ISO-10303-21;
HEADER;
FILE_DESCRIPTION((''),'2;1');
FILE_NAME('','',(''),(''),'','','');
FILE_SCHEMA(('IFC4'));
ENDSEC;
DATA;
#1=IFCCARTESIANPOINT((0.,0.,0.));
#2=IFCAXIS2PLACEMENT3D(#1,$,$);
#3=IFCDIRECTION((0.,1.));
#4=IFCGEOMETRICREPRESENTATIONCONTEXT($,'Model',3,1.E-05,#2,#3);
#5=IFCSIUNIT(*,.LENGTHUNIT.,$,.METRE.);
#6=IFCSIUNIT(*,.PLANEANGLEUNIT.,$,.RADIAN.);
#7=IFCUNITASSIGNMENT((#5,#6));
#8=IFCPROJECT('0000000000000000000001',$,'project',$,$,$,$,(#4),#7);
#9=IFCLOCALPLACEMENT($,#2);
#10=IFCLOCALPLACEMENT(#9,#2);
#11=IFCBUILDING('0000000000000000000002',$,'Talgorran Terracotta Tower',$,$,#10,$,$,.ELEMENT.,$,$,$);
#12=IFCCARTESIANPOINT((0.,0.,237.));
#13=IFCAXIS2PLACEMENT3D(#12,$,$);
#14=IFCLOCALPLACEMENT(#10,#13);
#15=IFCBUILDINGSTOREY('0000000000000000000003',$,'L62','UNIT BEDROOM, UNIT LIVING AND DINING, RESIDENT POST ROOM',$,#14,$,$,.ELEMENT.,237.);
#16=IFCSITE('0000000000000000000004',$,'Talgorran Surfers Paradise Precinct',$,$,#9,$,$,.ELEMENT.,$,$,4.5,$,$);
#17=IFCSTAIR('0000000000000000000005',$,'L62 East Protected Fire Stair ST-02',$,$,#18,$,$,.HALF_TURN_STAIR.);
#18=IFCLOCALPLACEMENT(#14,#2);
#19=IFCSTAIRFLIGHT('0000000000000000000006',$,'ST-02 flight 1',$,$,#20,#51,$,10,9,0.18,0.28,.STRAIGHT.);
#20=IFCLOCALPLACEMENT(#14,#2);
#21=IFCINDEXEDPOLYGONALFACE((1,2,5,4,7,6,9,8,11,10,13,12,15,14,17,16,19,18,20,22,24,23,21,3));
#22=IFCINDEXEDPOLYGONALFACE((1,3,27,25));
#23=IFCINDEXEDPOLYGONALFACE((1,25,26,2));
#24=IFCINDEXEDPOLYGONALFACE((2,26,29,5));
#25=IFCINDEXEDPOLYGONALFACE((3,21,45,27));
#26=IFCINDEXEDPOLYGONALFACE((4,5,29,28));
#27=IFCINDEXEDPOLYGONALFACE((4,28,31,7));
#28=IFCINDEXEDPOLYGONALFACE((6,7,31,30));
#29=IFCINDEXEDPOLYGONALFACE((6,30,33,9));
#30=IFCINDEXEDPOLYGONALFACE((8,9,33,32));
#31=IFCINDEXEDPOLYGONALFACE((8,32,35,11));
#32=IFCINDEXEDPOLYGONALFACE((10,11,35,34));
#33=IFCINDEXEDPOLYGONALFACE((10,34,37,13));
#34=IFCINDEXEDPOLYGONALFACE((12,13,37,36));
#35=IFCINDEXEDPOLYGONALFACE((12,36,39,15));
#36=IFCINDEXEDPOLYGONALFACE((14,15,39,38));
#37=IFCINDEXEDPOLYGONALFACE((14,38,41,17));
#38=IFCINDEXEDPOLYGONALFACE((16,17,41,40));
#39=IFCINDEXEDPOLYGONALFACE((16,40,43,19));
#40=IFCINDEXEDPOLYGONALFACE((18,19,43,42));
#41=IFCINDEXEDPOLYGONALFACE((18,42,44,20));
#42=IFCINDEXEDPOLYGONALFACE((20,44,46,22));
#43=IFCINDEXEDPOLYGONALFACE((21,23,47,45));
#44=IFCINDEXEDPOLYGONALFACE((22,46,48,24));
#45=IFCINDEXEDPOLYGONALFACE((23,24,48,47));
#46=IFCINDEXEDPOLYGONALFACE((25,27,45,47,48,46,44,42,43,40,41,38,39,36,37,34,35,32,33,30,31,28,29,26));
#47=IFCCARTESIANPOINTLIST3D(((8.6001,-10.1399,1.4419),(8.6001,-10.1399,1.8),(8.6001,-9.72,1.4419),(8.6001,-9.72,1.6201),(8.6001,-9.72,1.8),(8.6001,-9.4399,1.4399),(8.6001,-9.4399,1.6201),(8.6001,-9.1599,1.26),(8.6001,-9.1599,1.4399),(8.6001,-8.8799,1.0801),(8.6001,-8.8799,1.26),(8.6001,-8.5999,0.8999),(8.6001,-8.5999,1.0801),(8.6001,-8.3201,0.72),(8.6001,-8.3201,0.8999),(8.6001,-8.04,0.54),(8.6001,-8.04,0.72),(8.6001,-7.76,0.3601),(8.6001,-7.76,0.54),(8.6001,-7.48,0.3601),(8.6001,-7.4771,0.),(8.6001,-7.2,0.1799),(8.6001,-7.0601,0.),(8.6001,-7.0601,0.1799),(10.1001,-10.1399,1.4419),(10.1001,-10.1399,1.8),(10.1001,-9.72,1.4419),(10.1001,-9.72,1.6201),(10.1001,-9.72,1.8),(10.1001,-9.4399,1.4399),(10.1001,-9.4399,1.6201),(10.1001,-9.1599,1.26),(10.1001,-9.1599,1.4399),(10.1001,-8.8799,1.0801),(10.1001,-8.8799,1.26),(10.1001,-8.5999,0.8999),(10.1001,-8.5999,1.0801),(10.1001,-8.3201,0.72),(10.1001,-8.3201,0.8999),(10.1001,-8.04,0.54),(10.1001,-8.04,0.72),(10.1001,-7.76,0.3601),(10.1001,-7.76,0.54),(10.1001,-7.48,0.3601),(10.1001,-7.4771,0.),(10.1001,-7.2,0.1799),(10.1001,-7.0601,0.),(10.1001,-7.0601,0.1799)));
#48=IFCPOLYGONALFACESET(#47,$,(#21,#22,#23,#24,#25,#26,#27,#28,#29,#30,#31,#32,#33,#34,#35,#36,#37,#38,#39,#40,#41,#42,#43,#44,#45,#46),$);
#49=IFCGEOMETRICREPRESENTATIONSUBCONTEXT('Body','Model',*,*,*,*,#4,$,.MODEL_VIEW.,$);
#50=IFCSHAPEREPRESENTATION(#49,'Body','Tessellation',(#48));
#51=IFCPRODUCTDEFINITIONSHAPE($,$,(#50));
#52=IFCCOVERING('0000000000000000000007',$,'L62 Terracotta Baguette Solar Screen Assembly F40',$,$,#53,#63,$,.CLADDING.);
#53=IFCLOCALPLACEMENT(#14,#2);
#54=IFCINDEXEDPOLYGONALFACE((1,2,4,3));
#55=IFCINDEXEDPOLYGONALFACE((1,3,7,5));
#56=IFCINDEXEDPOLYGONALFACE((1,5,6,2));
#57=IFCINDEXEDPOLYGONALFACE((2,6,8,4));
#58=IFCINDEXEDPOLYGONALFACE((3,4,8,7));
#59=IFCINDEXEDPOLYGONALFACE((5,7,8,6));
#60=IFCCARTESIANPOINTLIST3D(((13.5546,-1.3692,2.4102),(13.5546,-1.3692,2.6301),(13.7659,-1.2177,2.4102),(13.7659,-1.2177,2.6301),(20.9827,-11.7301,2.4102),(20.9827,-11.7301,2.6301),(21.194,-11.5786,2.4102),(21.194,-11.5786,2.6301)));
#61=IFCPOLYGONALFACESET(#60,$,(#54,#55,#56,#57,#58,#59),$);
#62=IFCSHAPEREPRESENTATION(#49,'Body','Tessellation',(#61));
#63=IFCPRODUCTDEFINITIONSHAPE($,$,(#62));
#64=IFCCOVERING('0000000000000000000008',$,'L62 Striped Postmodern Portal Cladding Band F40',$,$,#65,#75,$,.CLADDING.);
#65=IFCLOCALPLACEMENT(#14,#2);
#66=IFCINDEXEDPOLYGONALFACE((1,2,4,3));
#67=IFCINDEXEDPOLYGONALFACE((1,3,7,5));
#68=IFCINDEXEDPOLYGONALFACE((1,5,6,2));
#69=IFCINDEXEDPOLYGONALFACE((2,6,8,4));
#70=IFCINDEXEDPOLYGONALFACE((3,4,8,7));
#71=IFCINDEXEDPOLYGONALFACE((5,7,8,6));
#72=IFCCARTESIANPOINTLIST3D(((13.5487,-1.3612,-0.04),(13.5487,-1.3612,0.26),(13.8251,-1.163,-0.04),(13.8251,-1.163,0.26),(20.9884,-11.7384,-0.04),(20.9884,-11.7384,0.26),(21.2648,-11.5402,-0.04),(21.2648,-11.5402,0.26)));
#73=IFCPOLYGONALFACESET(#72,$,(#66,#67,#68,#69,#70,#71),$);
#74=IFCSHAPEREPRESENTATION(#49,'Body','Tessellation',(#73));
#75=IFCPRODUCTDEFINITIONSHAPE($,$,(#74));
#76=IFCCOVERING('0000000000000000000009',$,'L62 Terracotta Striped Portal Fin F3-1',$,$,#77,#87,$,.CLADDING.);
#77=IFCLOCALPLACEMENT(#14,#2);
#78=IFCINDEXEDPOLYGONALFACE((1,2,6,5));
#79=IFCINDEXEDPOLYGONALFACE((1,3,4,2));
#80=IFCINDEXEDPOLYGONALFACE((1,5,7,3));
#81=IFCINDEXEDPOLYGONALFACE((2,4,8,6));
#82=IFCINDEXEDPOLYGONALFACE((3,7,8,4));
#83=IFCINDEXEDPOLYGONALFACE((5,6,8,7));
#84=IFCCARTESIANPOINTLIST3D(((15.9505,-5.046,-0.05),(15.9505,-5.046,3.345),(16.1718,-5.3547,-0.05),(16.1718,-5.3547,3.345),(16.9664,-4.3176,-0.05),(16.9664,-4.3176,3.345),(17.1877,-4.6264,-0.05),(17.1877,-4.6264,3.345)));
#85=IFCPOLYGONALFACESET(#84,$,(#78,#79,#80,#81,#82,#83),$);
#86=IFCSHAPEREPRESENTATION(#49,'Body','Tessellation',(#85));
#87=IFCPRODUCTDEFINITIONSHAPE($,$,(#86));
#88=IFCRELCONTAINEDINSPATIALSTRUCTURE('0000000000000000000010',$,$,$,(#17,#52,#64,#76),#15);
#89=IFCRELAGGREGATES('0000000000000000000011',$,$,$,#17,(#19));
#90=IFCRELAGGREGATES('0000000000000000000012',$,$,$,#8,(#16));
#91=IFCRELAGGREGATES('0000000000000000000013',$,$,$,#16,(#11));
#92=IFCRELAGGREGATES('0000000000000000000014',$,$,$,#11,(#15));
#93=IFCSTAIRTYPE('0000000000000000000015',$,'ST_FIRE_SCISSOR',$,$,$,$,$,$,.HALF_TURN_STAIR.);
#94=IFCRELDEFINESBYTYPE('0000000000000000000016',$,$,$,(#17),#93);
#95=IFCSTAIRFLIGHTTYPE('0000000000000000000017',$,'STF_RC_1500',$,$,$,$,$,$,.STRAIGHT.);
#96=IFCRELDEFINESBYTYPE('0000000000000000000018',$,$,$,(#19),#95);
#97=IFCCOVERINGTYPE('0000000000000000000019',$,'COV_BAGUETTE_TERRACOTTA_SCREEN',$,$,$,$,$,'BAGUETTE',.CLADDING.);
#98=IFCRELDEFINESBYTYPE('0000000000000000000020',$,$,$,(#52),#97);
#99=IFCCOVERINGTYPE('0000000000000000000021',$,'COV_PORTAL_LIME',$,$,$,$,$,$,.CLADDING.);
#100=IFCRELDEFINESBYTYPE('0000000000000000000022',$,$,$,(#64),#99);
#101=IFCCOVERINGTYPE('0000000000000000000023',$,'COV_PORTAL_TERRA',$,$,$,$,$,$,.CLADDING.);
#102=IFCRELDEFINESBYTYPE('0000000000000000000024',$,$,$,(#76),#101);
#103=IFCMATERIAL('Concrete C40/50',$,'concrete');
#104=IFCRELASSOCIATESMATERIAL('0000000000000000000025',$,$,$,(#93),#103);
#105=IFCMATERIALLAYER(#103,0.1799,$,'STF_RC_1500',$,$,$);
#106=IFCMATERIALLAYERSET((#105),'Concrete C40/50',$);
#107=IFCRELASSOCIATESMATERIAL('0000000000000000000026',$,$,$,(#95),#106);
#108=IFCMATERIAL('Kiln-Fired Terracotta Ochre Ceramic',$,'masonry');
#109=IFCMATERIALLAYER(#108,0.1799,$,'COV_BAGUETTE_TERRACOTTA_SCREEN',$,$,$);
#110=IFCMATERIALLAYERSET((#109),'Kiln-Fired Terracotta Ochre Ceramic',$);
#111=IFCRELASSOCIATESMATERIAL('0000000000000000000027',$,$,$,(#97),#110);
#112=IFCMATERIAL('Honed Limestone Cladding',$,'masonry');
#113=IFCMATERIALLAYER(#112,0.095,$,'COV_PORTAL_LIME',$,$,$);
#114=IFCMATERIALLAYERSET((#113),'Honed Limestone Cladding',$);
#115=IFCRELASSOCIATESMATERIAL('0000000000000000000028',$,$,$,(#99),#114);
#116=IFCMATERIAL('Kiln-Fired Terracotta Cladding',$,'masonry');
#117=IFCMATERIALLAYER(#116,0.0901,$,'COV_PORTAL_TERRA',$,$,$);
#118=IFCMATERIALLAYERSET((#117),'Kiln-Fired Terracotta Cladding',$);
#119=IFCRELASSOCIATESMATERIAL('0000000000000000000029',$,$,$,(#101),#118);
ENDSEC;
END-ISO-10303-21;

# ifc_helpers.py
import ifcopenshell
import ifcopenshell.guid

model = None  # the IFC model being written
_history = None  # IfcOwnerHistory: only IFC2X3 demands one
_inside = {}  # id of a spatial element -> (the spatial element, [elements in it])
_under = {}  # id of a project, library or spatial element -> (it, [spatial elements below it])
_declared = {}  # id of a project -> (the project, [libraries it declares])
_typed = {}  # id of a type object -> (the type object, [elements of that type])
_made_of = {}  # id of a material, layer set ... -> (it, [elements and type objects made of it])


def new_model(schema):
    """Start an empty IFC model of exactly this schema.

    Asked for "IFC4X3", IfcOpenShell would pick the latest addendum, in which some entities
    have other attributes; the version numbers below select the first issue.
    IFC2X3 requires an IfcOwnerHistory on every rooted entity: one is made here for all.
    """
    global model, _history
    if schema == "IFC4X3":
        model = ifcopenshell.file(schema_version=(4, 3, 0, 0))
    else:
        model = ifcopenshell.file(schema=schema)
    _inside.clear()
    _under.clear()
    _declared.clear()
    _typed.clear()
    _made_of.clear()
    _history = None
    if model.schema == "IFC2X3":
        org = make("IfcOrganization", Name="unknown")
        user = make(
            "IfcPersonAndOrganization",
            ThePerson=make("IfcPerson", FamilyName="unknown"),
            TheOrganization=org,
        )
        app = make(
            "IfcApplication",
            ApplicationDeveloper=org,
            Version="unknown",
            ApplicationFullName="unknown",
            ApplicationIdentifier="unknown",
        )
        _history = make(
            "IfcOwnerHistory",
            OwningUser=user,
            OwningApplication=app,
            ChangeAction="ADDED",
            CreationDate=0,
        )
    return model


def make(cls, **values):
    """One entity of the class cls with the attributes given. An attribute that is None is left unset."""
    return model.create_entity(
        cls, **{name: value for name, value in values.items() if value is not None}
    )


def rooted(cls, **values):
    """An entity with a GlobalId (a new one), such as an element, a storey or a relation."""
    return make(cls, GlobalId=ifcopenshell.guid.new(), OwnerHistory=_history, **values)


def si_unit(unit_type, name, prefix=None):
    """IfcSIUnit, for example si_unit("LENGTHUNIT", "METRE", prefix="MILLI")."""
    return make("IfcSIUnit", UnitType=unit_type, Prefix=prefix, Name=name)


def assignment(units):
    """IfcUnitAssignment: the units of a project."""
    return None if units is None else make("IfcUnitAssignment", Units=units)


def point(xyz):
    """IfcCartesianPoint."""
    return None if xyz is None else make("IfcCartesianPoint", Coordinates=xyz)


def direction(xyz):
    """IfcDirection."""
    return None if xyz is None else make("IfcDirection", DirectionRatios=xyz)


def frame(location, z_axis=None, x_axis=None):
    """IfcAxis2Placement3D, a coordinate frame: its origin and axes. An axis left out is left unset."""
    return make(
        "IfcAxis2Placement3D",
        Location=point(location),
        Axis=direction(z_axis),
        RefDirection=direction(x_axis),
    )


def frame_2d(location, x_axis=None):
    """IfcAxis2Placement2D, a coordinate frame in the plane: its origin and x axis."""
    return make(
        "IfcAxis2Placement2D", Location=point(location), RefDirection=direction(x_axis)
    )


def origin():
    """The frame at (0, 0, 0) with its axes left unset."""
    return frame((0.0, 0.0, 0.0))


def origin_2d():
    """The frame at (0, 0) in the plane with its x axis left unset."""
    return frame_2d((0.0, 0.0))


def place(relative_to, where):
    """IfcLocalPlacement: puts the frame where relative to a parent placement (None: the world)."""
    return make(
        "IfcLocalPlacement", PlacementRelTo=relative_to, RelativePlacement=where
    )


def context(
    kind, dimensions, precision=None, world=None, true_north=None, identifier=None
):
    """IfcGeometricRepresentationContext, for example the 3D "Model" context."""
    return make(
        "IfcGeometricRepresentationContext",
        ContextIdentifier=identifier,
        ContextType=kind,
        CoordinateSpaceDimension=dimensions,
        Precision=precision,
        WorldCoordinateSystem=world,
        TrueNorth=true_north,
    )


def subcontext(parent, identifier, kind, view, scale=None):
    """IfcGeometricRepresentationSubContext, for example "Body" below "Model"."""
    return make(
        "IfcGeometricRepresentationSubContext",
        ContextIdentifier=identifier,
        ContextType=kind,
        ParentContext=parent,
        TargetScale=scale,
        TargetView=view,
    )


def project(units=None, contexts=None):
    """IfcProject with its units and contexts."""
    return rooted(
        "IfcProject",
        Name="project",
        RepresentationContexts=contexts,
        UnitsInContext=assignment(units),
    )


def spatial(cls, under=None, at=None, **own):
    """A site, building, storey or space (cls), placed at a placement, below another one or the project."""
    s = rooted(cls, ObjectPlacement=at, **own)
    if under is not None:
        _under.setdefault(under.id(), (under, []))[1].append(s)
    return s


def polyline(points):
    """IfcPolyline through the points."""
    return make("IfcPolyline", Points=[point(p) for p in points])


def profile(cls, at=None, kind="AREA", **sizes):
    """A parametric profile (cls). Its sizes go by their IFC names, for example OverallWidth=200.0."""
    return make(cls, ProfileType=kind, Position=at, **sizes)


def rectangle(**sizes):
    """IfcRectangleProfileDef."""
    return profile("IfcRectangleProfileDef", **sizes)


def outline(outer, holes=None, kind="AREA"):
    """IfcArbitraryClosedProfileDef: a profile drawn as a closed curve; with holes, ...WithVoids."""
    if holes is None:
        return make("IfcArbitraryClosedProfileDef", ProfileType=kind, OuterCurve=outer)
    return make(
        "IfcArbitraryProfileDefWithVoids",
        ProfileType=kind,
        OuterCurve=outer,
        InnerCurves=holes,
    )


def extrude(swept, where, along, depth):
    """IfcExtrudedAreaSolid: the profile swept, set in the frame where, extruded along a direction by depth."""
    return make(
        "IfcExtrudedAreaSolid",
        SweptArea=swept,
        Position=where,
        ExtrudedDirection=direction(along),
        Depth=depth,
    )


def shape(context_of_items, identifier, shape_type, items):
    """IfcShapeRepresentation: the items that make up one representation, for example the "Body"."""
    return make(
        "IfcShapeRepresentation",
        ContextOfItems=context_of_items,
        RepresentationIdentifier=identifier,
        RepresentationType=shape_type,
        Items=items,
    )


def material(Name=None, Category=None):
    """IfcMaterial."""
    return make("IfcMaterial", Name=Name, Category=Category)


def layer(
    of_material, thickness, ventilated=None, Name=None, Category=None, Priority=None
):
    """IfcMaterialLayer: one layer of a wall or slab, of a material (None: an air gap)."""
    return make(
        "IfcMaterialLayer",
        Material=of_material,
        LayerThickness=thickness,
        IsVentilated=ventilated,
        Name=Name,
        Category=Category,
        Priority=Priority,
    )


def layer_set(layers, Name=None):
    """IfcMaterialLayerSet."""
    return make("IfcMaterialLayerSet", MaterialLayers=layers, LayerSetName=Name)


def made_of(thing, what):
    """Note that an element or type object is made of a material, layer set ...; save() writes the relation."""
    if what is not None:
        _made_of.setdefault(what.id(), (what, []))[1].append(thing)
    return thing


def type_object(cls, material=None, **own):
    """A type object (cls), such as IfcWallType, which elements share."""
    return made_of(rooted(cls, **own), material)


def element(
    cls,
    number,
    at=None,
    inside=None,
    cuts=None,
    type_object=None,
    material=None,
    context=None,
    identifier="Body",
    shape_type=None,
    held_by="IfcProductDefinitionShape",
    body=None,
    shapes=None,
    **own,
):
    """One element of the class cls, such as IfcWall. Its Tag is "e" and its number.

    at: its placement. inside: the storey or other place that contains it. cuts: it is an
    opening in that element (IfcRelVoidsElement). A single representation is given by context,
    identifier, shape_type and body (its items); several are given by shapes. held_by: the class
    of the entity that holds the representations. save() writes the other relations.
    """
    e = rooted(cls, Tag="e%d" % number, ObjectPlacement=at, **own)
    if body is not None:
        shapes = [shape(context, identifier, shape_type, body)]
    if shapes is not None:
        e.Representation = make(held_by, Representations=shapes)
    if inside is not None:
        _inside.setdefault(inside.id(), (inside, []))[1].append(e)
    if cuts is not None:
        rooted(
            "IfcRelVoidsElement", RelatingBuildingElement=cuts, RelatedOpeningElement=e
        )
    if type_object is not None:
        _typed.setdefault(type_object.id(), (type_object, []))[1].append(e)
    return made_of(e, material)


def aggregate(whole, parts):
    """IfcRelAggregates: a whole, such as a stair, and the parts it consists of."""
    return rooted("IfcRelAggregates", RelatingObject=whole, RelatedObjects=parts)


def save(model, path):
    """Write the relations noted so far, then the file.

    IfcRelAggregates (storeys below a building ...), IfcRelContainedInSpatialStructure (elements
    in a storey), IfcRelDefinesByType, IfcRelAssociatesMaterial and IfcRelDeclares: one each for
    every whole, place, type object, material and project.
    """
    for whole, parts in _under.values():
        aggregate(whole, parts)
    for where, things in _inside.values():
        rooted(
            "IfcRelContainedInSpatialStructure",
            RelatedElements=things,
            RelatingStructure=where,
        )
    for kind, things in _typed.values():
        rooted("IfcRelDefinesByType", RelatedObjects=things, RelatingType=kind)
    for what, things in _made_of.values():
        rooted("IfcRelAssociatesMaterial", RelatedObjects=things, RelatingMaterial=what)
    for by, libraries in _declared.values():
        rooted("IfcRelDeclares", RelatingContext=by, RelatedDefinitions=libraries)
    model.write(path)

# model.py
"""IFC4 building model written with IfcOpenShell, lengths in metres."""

from ifc_helpers import new_model, si_unit, direction, frame, origin, origin_2d, place, context, subcontext, project, spatial, polyline, rectangle, outline, extrude, material, layer, layer_set, type_object, element, aggregate, save


model = new_model("IFC4")

# Units and contexts
model_context = context("Model", 3, precision=1e-05, world=origin(), true_north=direction((0.0, 1.0)))
body_context = subcontext(model_context, "Body", "Model", "MODEL_VIEW")
ifc_project = project(units=[si_unit("LENGTHUNIT", "METRE"), si_unit("PLANEANGLEUNIT", "RADIAN")], contexts=[model_context])

# Site, building, storey
site_placement = place(None, origin())
site = spatial("IfcSite", under=ifc_project, at=site_placement, Name="Talgorran Surfers Paradise Precinct", CompositionType="ELEMENT", RefElevation=4.5)
building_placement = place(site_placement, origin())
building = spatial("IfcBuilding", under=site, at=building_placement, Name="Talgorran Terracotta Tower", CompositionType="ELEMENT")
storey_placement = place(building_placement, frame((0.0, 0.0, 237.0)))
storey = spatial("IfcBuildingStorey", under=building, at=storey_placement, Name="L62", Description="UNIT BEDROOM, UNIT LIVING AND DINING, RESIDENT POST ROOM", CompositionType="ELEMENT", Elevation=237.0)

# Shared definitions
ifc_material_1 = material(Name="Concrete C40/50", Category="concrete")

# Stair, stair flight
stair_type = type_object("IfcStairType", Name="ST_FIRE_SCISSOR", PredefinedType="HALF_TURN_STAIR", material=ifc_material_1)
stair_placement = place(storey_placement, origin())
stair = element("IfcStair", 1, at=stair_placement, inside=storey, type_object=stair_type, Name="L62 East Protected Fire Stair ST-02", PredefinedType="HALF_TURN_STAIR")
ifc_layer_1 = layer(ifc_material_1, 0.1799, Name="STF_RC_1500")
ifc_layer_set_1 = layer_set([ifc_layer_1], Name="Concrete C40/50")
stair_flight_type = type_object("IfcStairFlightType", Name="STF_RC_1500", PredefinedType="STRAIGHT", material=ifc_layer_set_1)
stair_flight_placement = place(storey_placement, frame((9.3501, -7.2, 0.0), z_axis=(0.0, 0.0, 1.0), x_axis=(0.0, -1.0, 0.0)))
stair_flight = element("IfcStairFlight", 2, at=stair_flight_placement, type_object=stair_flight_type, Name="ST-02 flight 1", NumberOfRisers=10, NumberOfTreads=9, PredefinedType="STRAIGHT", RiserHeight=0.18, TreadLength=0.28, context=body_context, shape_type="SweptSolid", body=[
    extrude(outline(polyline([(-0.1399, 0.0), (-0.1399, 0.1799), (0.0, 0.1799), (0.28, 0.3601), (0.5601, 0.3601), (0.5601, 0.54), (0.8401, 0.54), (0.8401, 0.72), (1.1201, 0.72), (1.1201, 0.8999), (1.3999, 0.8999), (1.3999, 1.0801), (1.6799, 1.0801), (1.6799, 1.26), (1.96, 1.26), (1.96, 1.4399), (2.24, 1.4399), (2.24, 1.6201), (2.52, 1.6201), (2.52, 1.8), (2.9399, 1.8), (2.9399, 1.4419), (2.52, 1.4419), (0.2771, 0.0), (-0.1399, 0.0)])), frame((0.0, 0.75, 0.0), z_axis=(0.0, -1.0, 0.0), x_axis=(1.0, 0.0, 0.0)), (0.0, 0.0, 1.0), 1.5),
])
aggregate(stair, [stair_flight])

# Coverings
ifc_material_2 = material(Name="Kiln-Fired Terracotta Ochre Ceramic", Category="masonry")
ifc_layer_2 = layer(ifc_material_2, 0.1799, Name="COV_BAGUETTE_TERRACOTTA_SCREEN")
ifc_layer_set_2 = layer_set([ifc_layer_2], Name="Kiln-Fired Terracotta Ochre Ceramic")
covering_type_1 = type_object("IfcCoveringType", Name="COV_BAGUETTE_TERRACOTTA_SCREEN", ElementType="BAGUETTE", PredefinedType="CLADDING", material=ifc_layer_set_2)
covering_1_placement = place(storey_placement, frame((17.3743, -6.4739, 2.4102), z_axis=(0.0, 0.0, 1.0), x_axis=(-0.582662, 0.812715, 0.0)))
element("IfcCovering", 3, at=covering_1_placement, inside=storey, type_object=covering_type_1, Name="L62 Terracotta Baguette Solar Screen Assembly F40", PredefinedType="CLADDING", context=body_context, shape_type="SweptSolid", body=[
    extrude(rectangle(XDim=12.7485, YDim=0.26, at=origin_2d()), origin(), (0.0, 0.0, 1.0), 0.22),
])
ifc_material_3 = material(Name="Honed Limestone Cladding", Category="masonry")
ifc_layer_3 = layer(ifc_material_3, 0.095, Name="COV_PORTAL_LIME")
ifc_layer_set_3 = layer_set([ifc_layer_3], Name="Honed Limestone Cladding")
covering_type_2 = type_object("IfcCoveringType", Name="COV_PORTAL_LIME", PredefinedType="CLADDING", material=ifc_layer_set_3)
covering_2_placement = place(storey_placement, frame((17.4067, -6.4507, -0.04), z_axis=(0.0, 0.0, 1.0), x_axis=(-0.582662, 0.812715, 0.0)))
element("IfcCovering", 4, at=covering_2_placement, inside=storey, type_object=covering_type_2, Name="L62 Striped Postmodern Portal Cladding Band F40", PredefinedType="CLADDING", context=body_context, shape_type="SweptSolid", body=[
    extrude(rectangle(XDim=12.7686, YDim=0.3401, at=origin_2d()), origin(), (0.0, 0.0, 1.0), 0.3),
])
ifc_material_4 = material(Name="Kiln-Fired Terracotta Cladding", Category="masonry")
ifc_layer_4 = layer(ifc_material_4, 0.0901, Name="COV_PORTAL_TERRA")
ifc_layer_set_4 = layer_set([ifc_layer_4], Name="Kiln-Fired Terracotta Cladding")
covering_type_3 = type_object("IfcCoveringType", Name="COV_PORTAL_TERRA", PredefinedType="CLADDING", material=ifc_layer_set_4)
covering_3_placement = place(storey_placement, frame((16.5691, -4.8362, -0.05), z_axis=(0.0, 0.0, 1.0), x_axis=(-0.582662, 0.812715, 0.0)))
element("IfcCovering", 5, at=covering_3_placement, inside=storey, type_object=covering_type_3, Name="L62 Terracotta Striped Portal Fin F3-1", PredefinedType="CLADDING", context=body_context, shape_type="SweptSolid", body=[
    extrude(rectangle(XDim=0.3799, YDim=1.25, at=origin_2d()), origin(), (0.0, 0.0, 1.0), 3.395),
])

save(model, "model.ifc")
